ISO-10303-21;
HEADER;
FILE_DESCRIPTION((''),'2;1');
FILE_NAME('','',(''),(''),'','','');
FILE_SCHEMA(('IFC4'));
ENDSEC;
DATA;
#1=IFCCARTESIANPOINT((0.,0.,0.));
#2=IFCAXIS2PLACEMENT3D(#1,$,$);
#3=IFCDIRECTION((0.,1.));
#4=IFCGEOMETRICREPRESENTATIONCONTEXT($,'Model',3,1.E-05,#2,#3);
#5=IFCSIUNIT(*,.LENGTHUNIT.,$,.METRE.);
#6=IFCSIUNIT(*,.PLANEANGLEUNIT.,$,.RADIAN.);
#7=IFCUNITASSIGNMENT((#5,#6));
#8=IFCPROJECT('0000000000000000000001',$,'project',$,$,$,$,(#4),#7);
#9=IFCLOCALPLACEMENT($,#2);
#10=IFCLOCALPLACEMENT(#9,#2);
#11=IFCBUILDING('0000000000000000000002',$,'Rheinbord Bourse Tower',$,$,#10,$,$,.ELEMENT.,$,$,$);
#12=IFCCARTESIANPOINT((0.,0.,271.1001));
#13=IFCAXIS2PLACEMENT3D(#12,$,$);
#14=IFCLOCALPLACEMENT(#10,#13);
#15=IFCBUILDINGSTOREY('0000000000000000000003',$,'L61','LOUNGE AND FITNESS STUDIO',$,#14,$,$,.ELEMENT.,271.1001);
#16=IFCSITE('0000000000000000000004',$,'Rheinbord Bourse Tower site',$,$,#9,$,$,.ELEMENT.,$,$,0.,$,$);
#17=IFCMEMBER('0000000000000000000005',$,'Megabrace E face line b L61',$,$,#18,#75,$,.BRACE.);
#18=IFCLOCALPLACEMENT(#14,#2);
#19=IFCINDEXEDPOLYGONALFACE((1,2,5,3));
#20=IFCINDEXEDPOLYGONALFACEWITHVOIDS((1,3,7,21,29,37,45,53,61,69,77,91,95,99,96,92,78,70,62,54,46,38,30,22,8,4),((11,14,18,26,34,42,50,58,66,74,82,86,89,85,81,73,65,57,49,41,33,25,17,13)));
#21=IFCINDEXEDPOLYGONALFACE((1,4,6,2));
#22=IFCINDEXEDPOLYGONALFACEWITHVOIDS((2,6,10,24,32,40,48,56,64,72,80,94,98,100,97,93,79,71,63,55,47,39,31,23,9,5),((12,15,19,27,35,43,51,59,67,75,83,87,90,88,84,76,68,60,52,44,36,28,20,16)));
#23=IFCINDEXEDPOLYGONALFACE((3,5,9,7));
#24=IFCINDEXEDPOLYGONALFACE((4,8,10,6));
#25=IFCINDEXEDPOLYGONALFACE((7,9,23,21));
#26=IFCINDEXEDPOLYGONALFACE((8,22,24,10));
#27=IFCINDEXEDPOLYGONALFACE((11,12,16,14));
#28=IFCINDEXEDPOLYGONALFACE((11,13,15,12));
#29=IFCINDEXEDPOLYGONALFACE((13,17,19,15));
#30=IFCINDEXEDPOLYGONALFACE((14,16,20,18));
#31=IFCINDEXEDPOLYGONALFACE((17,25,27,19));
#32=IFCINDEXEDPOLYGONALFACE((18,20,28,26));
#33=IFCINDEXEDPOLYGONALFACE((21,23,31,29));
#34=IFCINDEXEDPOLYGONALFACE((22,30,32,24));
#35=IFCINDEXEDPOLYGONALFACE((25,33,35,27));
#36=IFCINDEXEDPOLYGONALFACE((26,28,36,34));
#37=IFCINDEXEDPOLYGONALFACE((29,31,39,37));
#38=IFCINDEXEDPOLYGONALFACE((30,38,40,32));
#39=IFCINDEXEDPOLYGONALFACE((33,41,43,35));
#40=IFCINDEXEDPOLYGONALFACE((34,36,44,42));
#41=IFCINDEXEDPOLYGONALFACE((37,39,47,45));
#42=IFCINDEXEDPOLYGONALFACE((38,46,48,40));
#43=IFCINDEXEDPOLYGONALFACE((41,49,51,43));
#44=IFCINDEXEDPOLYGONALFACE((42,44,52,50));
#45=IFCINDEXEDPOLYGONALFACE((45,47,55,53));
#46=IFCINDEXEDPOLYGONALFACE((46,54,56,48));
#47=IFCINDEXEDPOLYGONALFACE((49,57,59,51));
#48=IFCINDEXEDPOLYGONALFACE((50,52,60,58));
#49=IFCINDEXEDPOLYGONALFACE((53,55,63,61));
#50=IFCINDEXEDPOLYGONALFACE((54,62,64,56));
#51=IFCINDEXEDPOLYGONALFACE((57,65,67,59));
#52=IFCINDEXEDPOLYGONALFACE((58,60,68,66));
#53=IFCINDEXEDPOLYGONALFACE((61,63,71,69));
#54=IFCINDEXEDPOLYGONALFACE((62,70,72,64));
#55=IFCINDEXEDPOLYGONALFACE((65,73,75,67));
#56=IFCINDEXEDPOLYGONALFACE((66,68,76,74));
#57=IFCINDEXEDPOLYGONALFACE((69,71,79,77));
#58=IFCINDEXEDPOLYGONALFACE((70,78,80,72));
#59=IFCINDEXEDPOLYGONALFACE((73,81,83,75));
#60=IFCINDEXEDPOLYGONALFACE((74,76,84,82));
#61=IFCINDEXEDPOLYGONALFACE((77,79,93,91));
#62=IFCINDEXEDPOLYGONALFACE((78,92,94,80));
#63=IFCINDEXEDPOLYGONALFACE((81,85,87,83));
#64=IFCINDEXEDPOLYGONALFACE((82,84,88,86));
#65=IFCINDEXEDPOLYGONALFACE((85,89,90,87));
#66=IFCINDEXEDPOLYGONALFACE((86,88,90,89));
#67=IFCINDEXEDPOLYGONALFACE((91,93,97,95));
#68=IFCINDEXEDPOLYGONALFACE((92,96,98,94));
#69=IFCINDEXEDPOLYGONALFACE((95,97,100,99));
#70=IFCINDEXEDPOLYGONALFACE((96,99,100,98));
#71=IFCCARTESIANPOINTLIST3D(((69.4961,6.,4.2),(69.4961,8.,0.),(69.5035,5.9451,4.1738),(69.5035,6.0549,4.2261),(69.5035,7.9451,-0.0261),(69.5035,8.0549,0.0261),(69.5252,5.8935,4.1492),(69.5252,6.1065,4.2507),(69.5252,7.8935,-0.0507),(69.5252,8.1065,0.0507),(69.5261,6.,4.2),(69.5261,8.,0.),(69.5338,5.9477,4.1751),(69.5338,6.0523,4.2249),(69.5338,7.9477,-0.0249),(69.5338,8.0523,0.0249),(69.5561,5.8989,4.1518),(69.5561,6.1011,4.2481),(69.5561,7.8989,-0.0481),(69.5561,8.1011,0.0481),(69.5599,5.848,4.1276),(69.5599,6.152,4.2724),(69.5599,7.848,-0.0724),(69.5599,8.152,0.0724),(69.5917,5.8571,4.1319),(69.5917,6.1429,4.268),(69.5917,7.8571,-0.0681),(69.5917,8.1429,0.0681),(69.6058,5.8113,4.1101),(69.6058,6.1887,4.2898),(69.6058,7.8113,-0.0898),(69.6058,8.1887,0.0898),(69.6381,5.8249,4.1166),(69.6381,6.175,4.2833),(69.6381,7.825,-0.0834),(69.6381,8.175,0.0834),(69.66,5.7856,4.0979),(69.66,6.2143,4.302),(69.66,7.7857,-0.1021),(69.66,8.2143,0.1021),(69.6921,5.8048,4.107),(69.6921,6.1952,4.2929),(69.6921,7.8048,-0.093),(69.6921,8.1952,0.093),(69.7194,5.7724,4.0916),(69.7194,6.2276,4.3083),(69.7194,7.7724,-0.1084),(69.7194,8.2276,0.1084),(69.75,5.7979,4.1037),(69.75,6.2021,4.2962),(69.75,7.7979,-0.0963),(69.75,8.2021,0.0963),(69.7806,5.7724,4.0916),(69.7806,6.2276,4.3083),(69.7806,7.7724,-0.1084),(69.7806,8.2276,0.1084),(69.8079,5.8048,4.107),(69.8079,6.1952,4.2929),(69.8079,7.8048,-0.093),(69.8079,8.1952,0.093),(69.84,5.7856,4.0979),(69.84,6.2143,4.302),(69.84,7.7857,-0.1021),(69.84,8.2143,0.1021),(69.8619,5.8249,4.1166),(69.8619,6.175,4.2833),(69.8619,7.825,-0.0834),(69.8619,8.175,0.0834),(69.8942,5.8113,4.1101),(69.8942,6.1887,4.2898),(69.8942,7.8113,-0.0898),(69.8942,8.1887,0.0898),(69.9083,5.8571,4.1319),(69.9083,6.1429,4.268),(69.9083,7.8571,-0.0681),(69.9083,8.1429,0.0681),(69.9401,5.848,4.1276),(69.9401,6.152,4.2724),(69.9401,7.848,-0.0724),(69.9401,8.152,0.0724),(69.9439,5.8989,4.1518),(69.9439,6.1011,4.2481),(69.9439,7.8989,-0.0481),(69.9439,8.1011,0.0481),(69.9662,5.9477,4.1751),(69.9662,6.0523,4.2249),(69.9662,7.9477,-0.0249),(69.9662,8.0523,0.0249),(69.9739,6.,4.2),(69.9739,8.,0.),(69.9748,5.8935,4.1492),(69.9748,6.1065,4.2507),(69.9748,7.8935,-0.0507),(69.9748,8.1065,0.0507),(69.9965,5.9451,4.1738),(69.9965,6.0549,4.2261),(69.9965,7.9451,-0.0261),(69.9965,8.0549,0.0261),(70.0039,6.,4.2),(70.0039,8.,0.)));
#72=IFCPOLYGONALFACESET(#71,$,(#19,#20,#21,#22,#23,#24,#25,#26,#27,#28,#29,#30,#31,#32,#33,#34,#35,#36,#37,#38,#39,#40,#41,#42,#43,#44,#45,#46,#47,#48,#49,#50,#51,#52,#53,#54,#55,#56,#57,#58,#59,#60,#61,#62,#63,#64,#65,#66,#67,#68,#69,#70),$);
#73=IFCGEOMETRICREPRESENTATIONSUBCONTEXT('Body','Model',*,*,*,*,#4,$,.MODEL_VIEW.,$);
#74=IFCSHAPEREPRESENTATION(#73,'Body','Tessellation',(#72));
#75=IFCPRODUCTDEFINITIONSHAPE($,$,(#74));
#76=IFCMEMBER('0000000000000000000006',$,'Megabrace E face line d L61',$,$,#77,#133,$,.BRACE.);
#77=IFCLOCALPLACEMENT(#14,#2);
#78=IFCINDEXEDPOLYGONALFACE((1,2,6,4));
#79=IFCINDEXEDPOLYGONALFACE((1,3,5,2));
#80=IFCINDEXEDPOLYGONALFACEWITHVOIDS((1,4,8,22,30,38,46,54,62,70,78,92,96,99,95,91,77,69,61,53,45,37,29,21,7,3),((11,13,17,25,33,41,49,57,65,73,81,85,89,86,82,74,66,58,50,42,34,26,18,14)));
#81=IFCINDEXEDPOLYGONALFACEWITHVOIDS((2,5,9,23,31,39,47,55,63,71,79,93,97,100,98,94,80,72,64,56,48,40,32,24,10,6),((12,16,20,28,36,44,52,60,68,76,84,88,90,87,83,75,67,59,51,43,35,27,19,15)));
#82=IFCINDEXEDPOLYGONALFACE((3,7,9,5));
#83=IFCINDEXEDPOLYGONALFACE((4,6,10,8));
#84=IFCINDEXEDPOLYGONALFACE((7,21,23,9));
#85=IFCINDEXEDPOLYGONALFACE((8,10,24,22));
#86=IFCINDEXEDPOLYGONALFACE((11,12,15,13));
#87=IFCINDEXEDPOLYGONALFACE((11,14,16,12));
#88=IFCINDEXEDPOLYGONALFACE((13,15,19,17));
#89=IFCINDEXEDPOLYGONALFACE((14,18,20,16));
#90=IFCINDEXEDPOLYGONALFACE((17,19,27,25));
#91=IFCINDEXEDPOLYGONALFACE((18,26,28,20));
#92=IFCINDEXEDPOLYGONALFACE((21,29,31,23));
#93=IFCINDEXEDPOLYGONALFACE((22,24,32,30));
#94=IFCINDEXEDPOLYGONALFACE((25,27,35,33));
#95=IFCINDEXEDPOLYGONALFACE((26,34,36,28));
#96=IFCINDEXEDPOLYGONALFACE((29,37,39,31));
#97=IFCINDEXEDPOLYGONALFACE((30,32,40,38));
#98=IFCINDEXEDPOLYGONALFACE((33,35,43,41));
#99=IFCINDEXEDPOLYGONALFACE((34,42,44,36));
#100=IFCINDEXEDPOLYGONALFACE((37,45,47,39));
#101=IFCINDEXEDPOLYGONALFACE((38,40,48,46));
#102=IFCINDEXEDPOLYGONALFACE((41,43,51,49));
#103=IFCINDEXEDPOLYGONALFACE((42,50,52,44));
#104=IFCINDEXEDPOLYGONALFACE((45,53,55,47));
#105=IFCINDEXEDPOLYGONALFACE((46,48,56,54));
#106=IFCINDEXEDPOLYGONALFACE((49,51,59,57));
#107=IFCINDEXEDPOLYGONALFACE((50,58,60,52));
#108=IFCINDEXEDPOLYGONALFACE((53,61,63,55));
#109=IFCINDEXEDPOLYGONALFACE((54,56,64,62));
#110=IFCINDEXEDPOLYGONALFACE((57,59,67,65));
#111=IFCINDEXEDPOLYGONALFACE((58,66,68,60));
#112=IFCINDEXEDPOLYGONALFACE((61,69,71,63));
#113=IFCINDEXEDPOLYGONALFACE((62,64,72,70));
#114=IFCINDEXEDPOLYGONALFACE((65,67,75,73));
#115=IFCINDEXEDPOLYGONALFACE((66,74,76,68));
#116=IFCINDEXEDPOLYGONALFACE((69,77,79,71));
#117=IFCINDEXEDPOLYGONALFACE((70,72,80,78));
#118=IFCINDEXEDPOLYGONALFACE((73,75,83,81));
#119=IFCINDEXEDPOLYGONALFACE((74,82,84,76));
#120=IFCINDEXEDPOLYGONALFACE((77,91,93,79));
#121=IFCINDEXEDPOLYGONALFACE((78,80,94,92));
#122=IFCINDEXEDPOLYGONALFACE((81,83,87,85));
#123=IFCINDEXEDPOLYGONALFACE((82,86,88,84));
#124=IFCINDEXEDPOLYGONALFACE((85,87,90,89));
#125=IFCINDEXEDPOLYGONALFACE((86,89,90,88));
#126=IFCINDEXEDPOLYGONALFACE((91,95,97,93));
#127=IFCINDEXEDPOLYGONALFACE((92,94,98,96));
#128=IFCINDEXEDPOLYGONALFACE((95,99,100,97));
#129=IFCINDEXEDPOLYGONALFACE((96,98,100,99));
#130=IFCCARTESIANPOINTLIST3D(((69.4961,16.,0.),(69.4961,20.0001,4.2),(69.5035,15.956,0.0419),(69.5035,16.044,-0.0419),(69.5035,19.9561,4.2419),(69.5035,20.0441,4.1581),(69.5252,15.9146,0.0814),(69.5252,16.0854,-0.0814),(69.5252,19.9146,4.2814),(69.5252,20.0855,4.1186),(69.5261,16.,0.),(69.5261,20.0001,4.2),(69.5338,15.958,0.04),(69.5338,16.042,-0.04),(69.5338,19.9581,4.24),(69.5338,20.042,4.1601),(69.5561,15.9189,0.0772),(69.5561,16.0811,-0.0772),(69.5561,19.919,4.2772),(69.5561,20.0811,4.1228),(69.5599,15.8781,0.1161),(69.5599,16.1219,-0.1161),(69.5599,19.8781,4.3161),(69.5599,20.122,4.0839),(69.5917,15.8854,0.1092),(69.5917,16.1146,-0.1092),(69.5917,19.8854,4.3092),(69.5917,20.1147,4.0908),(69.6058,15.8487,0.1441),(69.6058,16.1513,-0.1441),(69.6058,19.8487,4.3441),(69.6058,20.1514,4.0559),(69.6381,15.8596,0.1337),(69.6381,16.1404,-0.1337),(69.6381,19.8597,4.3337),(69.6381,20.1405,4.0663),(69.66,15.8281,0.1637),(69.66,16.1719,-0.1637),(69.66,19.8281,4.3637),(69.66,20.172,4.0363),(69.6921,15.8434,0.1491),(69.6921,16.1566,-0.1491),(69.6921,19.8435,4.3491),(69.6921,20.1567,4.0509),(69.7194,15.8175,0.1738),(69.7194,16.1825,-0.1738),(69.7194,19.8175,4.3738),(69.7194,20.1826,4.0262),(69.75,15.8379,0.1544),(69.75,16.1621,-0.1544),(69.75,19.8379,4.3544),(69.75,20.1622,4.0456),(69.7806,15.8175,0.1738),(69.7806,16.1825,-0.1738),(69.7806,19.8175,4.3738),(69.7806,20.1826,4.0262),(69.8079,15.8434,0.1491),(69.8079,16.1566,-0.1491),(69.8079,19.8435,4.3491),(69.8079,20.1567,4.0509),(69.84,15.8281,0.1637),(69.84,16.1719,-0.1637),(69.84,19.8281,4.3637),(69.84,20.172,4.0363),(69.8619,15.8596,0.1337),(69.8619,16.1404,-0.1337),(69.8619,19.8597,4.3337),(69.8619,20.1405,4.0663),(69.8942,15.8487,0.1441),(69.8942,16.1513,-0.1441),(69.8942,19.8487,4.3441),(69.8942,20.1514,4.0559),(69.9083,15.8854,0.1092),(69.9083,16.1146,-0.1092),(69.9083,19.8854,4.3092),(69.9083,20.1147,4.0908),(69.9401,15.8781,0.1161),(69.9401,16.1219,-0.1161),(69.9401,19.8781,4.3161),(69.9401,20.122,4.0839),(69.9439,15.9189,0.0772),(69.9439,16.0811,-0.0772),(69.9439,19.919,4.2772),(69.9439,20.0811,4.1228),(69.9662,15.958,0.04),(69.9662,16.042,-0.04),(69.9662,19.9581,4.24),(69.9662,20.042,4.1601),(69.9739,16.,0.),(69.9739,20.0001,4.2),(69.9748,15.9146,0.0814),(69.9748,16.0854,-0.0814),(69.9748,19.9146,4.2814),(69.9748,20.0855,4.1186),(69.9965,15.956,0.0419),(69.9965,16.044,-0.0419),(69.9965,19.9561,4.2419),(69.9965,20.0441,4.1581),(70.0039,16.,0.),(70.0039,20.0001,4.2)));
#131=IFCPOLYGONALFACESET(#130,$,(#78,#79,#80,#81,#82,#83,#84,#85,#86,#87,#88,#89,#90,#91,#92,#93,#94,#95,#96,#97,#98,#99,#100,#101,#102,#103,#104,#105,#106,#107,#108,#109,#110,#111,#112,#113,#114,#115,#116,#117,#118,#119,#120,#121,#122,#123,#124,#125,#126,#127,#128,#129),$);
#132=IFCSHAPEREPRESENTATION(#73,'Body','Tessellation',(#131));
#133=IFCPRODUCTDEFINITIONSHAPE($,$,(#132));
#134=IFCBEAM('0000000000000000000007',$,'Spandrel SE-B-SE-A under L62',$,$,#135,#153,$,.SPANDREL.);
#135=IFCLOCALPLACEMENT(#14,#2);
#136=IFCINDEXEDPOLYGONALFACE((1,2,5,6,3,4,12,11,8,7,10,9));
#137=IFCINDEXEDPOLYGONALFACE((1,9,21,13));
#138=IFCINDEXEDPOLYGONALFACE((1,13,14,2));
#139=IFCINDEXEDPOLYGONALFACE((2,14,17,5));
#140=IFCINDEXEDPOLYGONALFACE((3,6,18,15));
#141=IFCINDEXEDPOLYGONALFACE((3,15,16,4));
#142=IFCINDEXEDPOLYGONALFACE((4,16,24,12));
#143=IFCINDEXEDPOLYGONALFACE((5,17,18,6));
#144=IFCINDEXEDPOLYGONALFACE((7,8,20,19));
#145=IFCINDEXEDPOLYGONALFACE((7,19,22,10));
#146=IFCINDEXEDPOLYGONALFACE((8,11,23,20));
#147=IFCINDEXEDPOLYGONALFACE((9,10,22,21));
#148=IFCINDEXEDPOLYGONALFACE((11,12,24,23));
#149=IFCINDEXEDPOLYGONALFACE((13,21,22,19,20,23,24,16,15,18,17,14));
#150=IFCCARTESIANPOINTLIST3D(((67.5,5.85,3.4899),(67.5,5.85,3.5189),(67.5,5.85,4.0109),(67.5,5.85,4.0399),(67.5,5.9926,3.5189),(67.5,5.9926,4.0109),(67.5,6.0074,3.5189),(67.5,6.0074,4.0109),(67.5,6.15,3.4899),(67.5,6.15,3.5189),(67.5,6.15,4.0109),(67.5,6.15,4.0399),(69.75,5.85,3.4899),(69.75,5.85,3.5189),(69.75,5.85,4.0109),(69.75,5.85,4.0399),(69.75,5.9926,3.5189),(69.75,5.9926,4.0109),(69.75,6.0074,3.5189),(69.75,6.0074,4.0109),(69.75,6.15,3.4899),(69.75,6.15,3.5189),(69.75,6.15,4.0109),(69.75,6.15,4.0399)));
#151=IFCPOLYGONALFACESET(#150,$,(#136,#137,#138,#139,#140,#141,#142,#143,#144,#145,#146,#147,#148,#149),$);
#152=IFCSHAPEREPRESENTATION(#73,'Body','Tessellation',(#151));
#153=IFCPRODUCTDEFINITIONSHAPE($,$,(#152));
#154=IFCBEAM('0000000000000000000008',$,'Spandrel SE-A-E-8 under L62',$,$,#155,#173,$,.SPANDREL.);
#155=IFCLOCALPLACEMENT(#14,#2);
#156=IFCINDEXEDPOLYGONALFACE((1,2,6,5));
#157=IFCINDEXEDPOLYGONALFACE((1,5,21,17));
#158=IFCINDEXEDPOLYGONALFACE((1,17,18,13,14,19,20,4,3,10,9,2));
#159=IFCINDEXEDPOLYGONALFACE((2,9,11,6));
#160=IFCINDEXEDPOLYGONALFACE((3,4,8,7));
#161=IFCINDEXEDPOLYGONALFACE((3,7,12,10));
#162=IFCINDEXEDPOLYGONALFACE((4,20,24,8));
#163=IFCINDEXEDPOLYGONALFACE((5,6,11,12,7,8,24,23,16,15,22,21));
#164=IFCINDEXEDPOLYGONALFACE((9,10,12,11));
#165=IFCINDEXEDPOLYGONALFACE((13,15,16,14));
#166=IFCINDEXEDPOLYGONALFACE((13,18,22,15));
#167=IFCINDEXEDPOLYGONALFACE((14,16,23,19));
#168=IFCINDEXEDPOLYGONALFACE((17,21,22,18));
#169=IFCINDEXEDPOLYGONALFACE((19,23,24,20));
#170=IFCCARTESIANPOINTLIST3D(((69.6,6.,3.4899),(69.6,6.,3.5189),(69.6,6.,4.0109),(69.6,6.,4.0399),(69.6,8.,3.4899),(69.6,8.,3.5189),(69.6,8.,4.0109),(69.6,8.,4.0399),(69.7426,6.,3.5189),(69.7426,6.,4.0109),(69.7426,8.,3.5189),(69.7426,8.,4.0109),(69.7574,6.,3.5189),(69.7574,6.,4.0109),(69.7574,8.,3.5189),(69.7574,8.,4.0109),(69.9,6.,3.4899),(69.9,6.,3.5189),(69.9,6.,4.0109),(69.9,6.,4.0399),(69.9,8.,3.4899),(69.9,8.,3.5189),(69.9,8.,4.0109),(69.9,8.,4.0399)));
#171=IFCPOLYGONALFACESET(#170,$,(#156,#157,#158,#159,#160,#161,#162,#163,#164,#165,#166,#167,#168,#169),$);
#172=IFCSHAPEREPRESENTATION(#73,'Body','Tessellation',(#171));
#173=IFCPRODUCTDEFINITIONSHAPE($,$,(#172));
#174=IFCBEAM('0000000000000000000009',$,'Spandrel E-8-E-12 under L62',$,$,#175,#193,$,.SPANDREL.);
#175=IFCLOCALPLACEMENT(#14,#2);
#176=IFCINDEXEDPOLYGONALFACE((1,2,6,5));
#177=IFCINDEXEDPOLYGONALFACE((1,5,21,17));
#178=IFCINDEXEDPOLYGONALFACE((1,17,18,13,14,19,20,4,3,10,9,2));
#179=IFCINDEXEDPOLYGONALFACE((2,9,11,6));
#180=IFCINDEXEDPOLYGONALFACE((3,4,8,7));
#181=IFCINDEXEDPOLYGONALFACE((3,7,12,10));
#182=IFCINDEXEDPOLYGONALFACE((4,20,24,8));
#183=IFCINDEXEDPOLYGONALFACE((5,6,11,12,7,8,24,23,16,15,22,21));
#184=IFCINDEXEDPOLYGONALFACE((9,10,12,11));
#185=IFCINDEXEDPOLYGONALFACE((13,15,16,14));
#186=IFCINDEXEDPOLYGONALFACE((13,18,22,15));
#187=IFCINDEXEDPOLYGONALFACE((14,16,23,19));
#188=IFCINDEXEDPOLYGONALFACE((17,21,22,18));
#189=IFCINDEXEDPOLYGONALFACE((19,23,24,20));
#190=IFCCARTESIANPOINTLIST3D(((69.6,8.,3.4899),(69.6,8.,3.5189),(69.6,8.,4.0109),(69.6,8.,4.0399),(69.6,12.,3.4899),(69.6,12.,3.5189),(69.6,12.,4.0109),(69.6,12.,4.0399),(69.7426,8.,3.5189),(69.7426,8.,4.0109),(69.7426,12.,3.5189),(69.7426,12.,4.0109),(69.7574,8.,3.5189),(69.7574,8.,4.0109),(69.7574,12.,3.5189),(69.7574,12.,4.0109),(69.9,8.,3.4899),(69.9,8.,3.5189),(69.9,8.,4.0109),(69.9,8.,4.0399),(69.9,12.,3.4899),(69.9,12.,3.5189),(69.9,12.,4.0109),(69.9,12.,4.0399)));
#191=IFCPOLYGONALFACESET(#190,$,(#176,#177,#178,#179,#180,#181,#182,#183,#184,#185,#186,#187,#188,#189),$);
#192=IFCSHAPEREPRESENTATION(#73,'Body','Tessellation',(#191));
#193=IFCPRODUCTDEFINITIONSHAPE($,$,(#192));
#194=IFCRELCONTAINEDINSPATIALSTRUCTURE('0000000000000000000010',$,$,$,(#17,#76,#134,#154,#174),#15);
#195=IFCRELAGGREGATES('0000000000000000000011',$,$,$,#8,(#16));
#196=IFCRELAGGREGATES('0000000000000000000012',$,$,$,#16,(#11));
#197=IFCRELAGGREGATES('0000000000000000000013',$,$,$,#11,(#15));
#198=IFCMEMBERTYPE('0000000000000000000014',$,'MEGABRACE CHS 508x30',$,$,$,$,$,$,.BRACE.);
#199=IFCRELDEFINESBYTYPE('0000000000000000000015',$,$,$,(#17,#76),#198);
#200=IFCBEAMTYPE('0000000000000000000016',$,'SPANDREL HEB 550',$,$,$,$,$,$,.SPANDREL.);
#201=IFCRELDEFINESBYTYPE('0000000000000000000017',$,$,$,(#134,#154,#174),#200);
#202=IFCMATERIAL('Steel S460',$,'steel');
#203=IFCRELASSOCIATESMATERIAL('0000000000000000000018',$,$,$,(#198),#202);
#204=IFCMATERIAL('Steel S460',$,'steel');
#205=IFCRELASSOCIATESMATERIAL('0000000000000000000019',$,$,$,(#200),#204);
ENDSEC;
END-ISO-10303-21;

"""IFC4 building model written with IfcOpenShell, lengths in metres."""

from ifc_helpers import new_model, si_unit, direction, frame, origin, origin_2d, place, context, subcontext, project, spatial, hollow_circle, i_section, extrude, material, material_profile, profile_set, type_object, element, save


model = new_model("IFC4")

# Units and contexts
model_context = context("Model", 3, precision=1e-05, world=origin(), true_north=direction((0.0, 1.0)))
body_context = subcontext(model_context, "Body", "Model", "MODEL_VIEW")
ifc_project = project(units=[si_unit("LENGTHUNIT", "METRE"), si_unit("PLANEANGLEUNIT", "RADIAN")], contexts=[model_context])

# Site, building, storey
site_placement = place(None, origin())
site = spatial("IfcSite", under=ifc_project, at=site_placement, Name="Rheinbord Bourse Tower site", CompositionType="ELEMENT", RefElevation=0.0)
building_placement = place(site_placement, origin())
building = spatial("IfcBuilding", under=site, at=building_placement, Name="Rheinbord Bourse Tower", CompositionType="ELEMENT")
storey_placement = place(building_placement, frame((0.0, 0.0, 271.1001)))
storey = spatial("IfcBuildingStorey", under=building, at=storey_placement, Name="L61", Description="LOUNGE AND FITNESS STUDIO", CompositionType="ELEMENT", Elevation=271.1001)

# Members
ifc_material_1 = material(Name="Steel S460", Category="steel")
ifc_material_profile_1 = material_profile(ifc_material_1, hollow_circle(Radius=0.2539, WallThickness=0.03, at=origin_2d()), Name="CHS 508x30")
ifc_profile_set_1 = profile_set([ifc_material_profile_1], Name="Steel S460")
member_type_1 = type_object("IfcMemberType", Name="MEGABRACE CHS 508x30", PredefinedType="BRACE", material=ifc_profile_set_1)
member_1_placement = place(storey_placement, frame((69.75, 8.0, 0.0), z_axis=(0.0, -0.429938, 0.902859), x_axis=(1.0, 0.0, 0.0)))
element("IfcMember", 1, at=member_1_placement, inside=storey, type_object=member_type_1, Name="Megabrace E face line b L61", PredefinedType="BRACE", context=body_context, shape_type="SweptSolid", body=[
    extrude(hollow_circle(Radius=0.2539, WallThickness=0.03, at=origin_2d()), origin(), (0.0, 0.0, 1.0), 4.6519),
])
member_2_placement = place(storey_placement, frame((69.75, 16.0, 0.0), z_axis=(0.0, 0.689659, 0.724134), x_axis=(-1.0, 0.0, 0.0)))
element("IfcMember", 2, at=member_2_placement, inside=storey, type_object=member_type_1, Name="Megabrace E face line d L61", PredefinedType="BRACE", context=body_context, shape_type="SweptSolid", body=[
    extrude(hollow_circle(Radius=0.2539, WallThickness=0.03, at=origin_2d()), origin(), (0.0, 0.0, 1.0), 5.8),
])

# Beams
ifc_material_2 = material(Name="Steel S460", Category="steel")
ifc_material_profile_2 = material_profile(ifc_material_2, i_section(OverallWidth=0.3, OverallDepth=0.55, WebThickness=0.0149, FlangeThickness=0.0291, at=origin_2d()), Name="HEB 550")
ifc_profile_set_2 = profile_set([ifc_material_profile_2], Name="Steel S460")
beam_type_1 = type_object("IfcBeamType", Name="SPANDREL HEB 550", PredefinedType="SPANDREL", material=ifc_profile_set_2)
beam_1_placement = place(storey_placement, frame((67.5, 6.0, 3.7649), z_axis=(1.0, 0.0, 0.0), x_axis=(0.0, 1.0, 0.0)))
element("IfcBeam", 3, at=beam_1_placement, inside=storey, type_object=beam_type_1, Name="Spandrel SE-B-SE-A under L62", PredefinedType="SPANDREL", context=body_context, shape_type="SweptSolid", body=[
    extrude(i_section(OverallWidth=0.3, OverallDepth=0.55, WebThickness=0.0149, FlangeThickness=0.0291, at=origin_2d()), origin(), (0.0, 0.0, 1.0), 2.25),
])
beam_2_placement = place(storey_placement, frame((69.75, 6.0, 3.7649), z_axis=(0.0, 1.0, 0.0), x_axis=(-1.0, 0.0, 0.0)))
element("IfcBeam", 4, at=beam_2_placement, inside=storey, type_object=beam_type_1, Name="Spandrel SE-A-E-8 under L62", PredefinedType="SPANDREL", context=body_context, shape_type="SweptSolid", body=[
    extrude(i_section(OverallWidth=0.3, OverallDepth=0.55, WebThickness=0.0149, FlangeThickness=0.0291, at=origin_2d()), origin(), (0.0, 0.0, 1.0), 2.0),
])
for number, where, z_axis, x_axis, name in (
    (5, (69.75, 8.0, 3.7649), (0.0, 1.0, 0.0), (-1.0, 0.0, 0.0), "Spandrel E-8-E-12 under L62"),
):
    element("IfcBeam", number, at=place(storey_placement, frame(where, z_axis=z_axis, x_axis=x_axis)), inside=storey, type_object=beam_type_1, Name=name, PredefinedType="SPANDREL", context=body_context, shape_type="SweptSolid", body=[
        extrude(i_section(OverallWidth=0.3, OverallDepth=0.55, WebThickness=0.0149, FlangeThickness=0.0291, at=origin_2d()), origin(), (0.0, 0.0, 1.0), 4.0),
    ])

save(model, "model.ifc")
